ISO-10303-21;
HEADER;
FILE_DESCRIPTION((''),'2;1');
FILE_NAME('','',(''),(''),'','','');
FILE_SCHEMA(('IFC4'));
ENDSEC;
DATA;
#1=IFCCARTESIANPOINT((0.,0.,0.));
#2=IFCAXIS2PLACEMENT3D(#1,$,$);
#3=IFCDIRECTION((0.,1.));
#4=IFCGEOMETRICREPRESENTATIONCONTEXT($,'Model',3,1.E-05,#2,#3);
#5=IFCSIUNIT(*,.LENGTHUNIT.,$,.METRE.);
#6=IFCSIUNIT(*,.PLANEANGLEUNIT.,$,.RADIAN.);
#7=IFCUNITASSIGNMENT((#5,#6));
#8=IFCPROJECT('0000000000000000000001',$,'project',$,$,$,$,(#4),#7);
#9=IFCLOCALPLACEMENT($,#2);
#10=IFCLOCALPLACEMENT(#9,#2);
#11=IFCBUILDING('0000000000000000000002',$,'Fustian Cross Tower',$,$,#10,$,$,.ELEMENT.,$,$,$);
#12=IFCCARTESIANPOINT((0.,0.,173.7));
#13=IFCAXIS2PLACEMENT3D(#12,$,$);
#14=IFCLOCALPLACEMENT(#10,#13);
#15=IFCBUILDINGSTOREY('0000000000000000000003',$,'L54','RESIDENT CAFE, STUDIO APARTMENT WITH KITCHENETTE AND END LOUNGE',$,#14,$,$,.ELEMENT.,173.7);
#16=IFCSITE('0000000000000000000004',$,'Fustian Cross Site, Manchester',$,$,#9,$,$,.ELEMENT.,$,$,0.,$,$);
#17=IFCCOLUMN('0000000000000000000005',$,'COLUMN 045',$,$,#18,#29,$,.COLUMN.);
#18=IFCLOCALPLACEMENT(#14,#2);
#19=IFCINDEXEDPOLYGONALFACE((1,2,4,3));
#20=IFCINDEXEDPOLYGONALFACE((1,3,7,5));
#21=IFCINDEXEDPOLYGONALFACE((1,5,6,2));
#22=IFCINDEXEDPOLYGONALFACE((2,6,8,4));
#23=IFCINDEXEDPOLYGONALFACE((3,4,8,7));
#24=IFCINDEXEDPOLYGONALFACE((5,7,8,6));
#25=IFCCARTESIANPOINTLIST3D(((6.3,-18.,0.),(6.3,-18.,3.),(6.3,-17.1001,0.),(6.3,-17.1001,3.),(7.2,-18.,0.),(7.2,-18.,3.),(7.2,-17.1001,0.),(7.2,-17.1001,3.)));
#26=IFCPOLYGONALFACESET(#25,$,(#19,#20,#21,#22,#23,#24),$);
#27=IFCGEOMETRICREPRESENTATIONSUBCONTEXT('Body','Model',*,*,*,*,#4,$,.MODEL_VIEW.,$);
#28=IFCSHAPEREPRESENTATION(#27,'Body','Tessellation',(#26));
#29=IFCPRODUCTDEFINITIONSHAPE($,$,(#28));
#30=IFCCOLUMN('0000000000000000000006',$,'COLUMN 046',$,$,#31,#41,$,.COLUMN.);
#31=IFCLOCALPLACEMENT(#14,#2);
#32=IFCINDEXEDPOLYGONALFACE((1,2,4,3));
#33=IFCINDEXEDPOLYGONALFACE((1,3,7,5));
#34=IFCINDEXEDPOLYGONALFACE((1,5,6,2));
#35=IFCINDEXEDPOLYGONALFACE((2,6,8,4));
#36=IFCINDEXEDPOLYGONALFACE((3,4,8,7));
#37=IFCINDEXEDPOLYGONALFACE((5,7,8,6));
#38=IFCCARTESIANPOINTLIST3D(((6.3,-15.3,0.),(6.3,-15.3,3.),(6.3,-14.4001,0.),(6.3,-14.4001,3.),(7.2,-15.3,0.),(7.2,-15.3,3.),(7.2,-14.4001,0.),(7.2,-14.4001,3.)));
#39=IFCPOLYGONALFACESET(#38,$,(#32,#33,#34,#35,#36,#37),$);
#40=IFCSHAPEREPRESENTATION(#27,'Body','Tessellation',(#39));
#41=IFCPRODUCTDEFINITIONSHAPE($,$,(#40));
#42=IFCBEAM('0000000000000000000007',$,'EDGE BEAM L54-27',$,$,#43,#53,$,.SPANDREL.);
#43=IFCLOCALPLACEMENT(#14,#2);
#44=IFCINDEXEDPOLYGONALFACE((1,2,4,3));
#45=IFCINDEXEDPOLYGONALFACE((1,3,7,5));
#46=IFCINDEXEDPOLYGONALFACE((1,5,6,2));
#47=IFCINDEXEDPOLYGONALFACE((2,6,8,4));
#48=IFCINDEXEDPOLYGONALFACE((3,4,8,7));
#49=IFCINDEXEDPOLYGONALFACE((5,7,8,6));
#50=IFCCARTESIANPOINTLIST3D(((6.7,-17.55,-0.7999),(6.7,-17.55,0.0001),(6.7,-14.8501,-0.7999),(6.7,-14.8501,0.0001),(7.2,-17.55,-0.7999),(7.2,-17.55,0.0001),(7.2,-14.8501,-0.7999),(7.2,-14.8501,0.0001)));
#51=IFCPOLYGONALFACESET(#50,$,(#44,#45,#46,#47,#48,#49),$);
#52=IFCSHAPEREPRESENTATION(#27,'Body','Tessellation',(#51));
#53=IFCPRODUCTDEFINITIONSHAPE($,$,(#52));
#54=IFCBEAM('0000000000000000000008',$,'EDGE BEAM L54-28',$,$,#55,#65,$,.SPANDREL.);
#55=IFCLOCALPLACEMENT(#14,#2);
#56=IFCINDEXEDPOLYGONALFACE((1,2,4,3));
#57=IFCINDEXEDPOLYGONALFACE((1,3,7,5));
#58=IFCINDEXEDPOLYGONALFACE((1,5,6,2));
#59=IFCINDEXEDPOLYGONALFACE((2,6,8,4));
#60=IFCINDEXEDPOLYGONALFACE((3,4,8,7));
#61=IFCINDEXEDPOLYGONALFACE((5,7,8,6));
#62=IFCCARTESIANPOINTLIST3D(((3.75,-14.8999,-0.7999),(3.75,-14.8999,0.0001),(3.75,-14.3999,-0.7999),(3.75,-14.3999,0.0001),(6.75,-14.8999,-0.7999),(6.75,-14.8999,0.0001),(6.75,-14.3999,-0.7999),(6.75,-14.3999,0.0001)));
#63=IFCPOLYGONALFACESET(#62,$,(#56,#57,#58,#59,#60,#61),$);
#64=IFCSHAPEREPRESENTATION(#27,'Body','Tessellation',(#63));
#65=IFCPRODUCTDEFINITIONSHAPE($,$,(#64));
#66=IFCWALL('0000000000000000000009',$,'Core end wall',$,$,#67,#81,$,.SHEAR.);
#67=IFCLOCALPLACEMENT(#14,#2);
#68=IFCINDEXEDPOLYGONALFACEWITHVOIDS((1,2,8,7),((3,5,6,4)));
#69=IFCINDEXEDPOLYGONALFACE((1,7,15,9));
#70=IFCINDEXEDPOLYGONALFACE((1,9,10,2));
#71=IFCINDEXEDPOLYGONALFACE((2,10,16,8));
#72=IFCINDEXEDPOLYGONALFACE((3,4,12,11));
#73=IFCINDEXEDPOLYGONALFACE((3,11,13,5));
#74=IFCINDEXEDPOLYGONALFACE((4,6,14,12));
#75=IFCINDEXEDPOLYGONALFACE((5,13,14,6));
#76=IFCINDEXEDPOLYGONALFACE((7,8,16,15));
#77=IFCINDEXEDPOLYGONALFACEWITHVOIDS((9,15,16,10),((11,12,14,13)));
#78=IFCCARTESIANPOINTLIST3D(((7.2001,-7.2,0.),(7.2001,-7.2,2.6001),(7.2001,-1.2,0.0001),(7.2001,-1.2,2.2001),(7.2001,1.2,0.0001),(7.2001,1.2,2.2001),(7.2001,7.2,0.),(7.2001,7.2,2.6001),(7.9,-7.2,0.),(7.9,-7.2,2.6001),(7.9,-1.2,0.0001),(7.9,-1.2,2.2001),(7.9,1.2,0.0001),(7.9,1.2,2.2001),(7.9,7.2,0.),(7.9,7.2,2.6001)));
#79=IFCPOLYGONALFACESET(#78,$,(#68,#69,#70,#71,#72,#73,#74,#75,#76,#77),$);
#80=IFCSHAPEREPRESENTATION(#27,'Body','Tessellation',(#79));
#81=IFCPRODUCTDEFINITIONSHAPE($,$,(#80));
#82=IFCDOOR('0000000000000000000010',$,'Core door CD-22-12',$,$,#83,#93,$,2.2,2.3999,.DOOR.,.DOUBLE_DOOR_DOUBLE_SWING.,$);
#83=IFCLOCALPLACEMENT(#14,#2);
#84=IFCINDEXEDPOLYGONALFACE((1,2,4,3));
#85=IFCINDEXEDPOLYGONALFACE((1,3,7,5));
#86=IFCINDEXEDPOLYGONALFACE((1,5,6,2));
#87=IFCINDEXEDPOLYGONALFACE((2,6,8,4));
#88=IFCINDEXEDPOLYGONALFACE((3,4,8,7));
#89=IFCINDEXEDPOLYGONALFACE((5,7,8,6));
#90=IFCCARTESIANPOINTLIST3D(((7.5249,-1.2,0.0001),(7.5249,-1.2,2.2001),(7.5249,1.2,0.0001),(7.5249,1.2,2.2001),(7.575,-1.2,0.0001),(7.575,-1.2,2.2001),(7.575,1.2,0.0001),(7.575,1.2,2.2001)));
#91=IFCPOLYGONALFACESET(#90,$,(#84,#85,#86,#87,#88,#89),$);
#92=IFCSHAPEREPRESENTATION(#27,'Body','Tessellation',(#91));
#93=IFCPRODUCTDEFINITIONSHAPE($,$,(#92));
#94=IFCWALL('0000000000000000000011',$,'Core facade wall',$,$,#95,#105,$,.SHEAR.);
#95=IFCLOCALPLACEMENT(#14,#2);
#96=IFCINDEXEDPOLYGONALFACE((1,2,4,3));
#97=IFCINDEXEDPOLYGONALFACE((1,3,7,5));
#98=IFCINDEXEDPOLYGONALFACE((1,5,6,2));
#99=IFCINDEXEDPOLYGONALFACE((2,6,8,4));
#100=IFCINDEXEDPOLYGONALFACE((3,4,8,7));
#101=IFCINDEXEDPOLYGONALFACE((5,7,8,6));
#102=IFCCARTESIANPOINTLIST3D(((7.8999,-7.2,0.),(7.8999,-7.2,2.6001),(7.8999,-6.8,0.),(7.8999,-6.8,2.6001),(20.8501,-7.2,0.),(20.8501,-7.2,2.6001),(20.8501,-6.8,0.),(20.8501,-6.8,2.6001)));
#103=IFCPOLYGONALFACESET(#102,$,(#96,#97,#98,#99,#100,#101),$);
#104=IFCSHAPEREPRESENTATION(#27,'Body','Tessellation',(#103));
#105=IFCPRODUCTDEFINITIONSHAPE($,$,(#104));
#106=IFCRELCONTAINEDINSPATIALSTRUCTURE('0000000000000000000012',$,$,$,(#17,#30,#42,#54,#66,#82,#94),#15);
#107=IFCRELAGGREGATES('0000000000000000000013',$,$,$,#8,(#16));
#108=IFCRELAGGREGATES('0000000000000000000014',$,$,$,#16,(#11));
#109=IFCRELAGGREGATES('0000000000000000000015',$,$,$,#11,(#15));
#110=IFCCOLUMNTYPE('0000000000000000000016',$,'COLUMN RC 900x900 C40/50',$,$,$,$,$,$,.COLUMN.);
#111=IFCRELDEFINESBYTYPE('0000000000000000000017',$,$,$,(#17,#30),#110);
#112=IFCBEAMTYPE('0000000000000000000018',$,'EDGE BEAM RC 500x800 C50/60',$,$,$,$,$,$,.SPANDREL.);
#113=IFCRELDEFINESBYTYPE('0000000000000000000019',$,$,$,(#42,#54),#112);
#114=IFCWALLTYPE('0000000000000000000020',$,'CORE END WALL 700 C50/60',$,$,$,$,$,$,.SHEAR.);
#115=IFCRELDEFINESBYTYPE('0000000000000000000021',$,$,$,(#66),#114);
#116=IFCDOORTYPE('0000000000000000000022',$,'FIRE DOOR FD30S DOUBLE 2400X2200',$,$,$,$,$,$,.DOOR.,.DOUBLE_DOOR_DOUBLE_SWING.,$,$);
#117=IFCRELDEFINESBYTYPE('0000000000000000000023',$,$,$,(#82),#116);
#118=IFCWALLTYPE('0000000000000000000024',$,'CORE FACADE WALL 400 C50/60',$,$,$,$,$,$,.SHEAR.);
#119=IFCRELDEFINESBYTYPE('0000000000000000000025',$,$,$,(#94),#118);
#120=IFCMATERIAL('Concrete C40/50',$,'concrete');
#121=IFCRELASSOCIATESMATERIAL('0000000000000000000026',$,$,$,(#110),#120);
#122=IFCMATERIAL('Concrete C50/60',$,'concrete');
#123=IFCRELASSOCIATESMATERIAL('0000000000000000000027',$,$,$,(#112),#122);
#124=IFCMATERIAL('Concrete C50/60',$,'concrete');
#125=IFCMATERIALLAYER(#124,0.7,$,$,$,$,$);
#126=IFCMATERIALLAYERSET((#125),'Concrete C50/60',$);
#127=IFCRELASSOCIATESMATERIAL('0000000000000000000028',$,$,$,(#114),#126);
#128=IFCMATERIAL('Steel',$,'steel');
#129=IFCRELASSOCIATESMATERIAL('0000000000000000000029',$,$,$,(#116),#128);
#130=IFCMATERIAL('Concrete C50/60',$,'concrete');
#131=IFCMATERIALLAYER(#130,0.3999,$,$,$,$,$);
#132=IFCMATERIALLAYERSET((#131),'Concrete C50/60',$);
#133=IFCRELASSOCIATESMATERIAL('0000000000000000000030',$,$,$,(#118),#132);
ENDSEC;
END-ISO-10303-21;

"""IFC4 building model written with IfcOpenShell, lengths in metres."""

from ifc_helpers import new_model, si_unit, direction, frame, frame_2d, origin, origin_2d, place, context, subcontext, project, spatial, rectangle, extrude, material, layer, layer_set, material_profile, profile_set, type_object, element, fill, save


model = new_model("IFC4")

# Units and contexts
model_context = context("Model", 3, precision=1e-05, world=origin(), true_north=direction((0.0, 1.0)))
body_context = subcontext(model_context, "Body", "Model", "MODEL_VIEW")
ifc_project = project(units=[si_unit("LENGTHUNIT", "METRE"), si_unit("PLANEANGLEUNIT", "RADIAN")], contexts=[model_context])

# Site, building, storey
site_placement = place(None, origin())
site = spatial("IfcSite", under=ifc_project, at=site_placement, Name="Fustian Cross Site, Manchester", CompositionType="ELEMENT", RefElevation=0.0)
building_placement = place(site_placement, origin())
building = spatial("IfcBuilding", under=site, at=building_placement, Name="Fustian Cross Tower", CompositionType="ELEMENT")
storey_placement = place(building_placement, frame((0.0, 0.0, 173.7)))
storey = spatial("IfcBuildingStorey", under=building, at=storey_placement, Name="L54", Description="RESIDENT CAFE, STUDIO APARTMENT WITH KITCHENETTE AND END LOUNGE", CompositionType="ELEMENT", Elevation=173.7)

# Columns
ifc_material_1 = material(Name="Concrete C40/50", Category="concrete")
ifc_material_profile_1 = material_profile(ifc_material_1, rectangle(XDim=0.8999, YDim=0.8999, at=origin_2d()), Name="RC 900x900")
ifc_profile_set_1 = profile_set([ifc_material_profile_1], Name="Concrete C40/50")
column_type = type_object("IfcColumnType", Name="COLUMN RC 900x900 C40/50", PredefinedType="COLUMN", material=ifc_profile_set_1)
for number, where, z_axis, x_axis, name in (
    (1, (6.75, -17.55, 0.0), (0.0, 0.0, 1.0), (1.0, 0.0, 0.0), "COLUMN 045"),
    (2, (6.75, -14.8501, 0.0), (0.0, 0.0, 1.0), (1.0, 0.0, 0.0), "COLUMN 046"),
):
    element("IfcColumn", number, at=place(storey_placement, frame(where, z_axis=z_axis, x_axis=x_axis)), inside=storey, type_object=column_type, Name=name, PredefinedType="COLUMN", context=body_context, shape_type="SweptSolid", body=[
        extrude(rectangle(XDim=0.8999, YDim=0.8999, at=origin_2d()), origin(), (0.0, 0.0, 1.0), 3.0),
    ])

# Beams
ifc_material_2 = material(Name="Concrete C50/60", Category="concrete")
ifc_material_profile_2 = material_profile(ifc_material_2, rectangle(XDim=0.5, YDim=0.8, at=origin_2d()), Name="RC 500x800")
ifc_profile_set_2 = profile_set([ifc_material_profile_2], Name="Concrete C50/60")
beam_type = type_object("IfcBeamType", Name="EDGE BEAM RC 500x800 C50/60", PredefinedType="SPANDREL", material=ifc_profile_set_2)
beam_1_placement = place(storey_placement, frame((6.95, -17.55, -0.3999), z_axis=(0.0, 1.0, 0.0), x_axis=(-1.0, 0.0, 0.0)))
element("IfcBeam", 3, at=beam_1_placement, inside=storey, type_object=beam_type, Name="EDGE BEAM L54-27", PredefinedType="SPANDREL", context=body_context, shape_type="SweptSolid", body=[
    extrude(rectangle(XDim=0.5, YDim=0.8, at=origin_2d()), origin(), (0.0, 0.0, 1.0), 2.7),
])
beam_2_placement = place(storey_placement, frame((6.75, -14.6499, -0.3999), z_axis=(-1.0, 0.0, 0.0), x_axis=(0.0, -1.0, 0.0)))
element("IfcBeam", 4, at=beam_2_placement, inside=storey, type_object=beam_type, Name="EDGE BEAM L54-28", PredefinedType="SPANDREL", context=body_context, shape_type="SweptSolid", body=[
    extrude(rectangle(XDim=0.5, YDim=0.8, at=origin_2d()), origin(), (0.0, 0.0, 1.0), 3.0),
])

# Wall, opening, door
ifc_material_3 = material(Name="Concrete C50/60", Category="concrete")
ifc_layer_1 = layer(ifc_material_3, 0.7)
ifc_layer_set_1 = layer_set([ifc_layer_1], Name="Concrete C50/60")
wall_type_1 = type_object("IfcWallType", Name="CORE END WALL 700 C50/60", PredefinedType="SHEAR", material=ifc_layer_set_1)
wall_1_placement = place(storey_placement, frame((7.55, -7.2, 0.0), z_axis=(0.0, 0.0, 1.0), x_axis=(0.0, 1.0, 0.0)))
wall_1 = element("IfcWall", 5, at=wall_1_placement, inside=storey, type_object=wall_type_1, Name="Core end wall", PredefinedType="SHEAR", context=body_context, shape_type="SweptSolid", body=[
    extrude(rectangle(XDim=14.3999, YDim=0.7, at=frame_2d((7.2, 0.0))), origin(), (0.0, 0.0, 1.0), 2.6001),
])
opening_1_placement = place(wall_1_placement, frame((6.0, 0.0, 0.0)))
opening_1 = element("IfcOpeningElement", 6, at=opening_1_placement, cuts=wall_1, PredefinedType="OPENING", context=body_context, shape_type="SweptSolid", body=[
    extrude(rectangle(XDim=2.3999, YDim=2.2, at=frame_2d((1.2, 1.1001))), frame((0.0, 0.3599, 0.0), z_axis=(0.0, -1.0, 0.0), x_axis=(1.0, 0.0, 0.0)), (0.0, 0.0, 1.0), 0.72),
])
ifc_material_4 = material(Name="Steel", Category="steel")
door_type_1 = type_object("IfcDoorType", Name="FIRE DOOR FD30S DOUBLE 2400X2200", OperationType="DOUBLE_DOOR_DOUBLE_SWING", PredefinedType="DOOR", material=ifc_material_4)
door_1_placement = place(opening_1_placement, frame((2.3999, 0.0, 0.0), z_axis=(0.0, 0.0, 1.0), x_axis=(-1.0, 0.0, 0.0)))
door_1 = element("IfcDoor", 7, at=door_1_placement, inside=storey, type_object=door_type_1, Name="Core door CD-22-12", OperationType="DOUBLE_DOOR_DOUBLE_SWING", OverallHeight=2.2, OverallWidth=2.3999, PredefinedType="DOOR", context=body_context, shape_type="SweptSolid", body=[
    extrude(rectangle(XDim=2.3999, YDim=2.2, at=frame_2d((1.2, 1.1001))), frame((0.0, 0.0249, 0.0), z_axis=(0.0, -1.0, 0.0), x_axis=(1.0, 0.0, 0.0)), (0.0, 0.0, 1.0), 0.05),
])
fill(opening_1, door_1)

# Wall
ifc_material_5 = material(Name="Concrete C50/60", Category="concrete")
ifc_layer_2 = layer(ifc_material_5, 0.3999)
ifc_layer_set_2 = layer_set([ifc_layer_2], Name="Concrete C50/60")
wall_type_2 = type_object("IfcWallType", Name="CORE FACADE WALL 400 C50/60", PredefinedType="SHEAR", material=ifc_layer_set_2)
wall_2_placement = place(storey_placement, frame((7.8999, -7.0, 0.0), z_axis=(0.0, 0.0, 1.0), x_axis=(1.0, 0.0, 0.0)))
element("IfcWall", 8, at=wall_2_placement, inside=storey, type_object=wall_type_2, Name="Core facade wall", PredefinedType="SHEAR", context=body_context, shape_type="SweptSolid", body=[
    extrude(rectangle(XDim=12.9502, YDim=0.3999, at=frame_2d((6.4751, 0.0))), origin(), (0.0, 0.0, 1.0), 2.6001),
])

save(model, "model.ifc")
